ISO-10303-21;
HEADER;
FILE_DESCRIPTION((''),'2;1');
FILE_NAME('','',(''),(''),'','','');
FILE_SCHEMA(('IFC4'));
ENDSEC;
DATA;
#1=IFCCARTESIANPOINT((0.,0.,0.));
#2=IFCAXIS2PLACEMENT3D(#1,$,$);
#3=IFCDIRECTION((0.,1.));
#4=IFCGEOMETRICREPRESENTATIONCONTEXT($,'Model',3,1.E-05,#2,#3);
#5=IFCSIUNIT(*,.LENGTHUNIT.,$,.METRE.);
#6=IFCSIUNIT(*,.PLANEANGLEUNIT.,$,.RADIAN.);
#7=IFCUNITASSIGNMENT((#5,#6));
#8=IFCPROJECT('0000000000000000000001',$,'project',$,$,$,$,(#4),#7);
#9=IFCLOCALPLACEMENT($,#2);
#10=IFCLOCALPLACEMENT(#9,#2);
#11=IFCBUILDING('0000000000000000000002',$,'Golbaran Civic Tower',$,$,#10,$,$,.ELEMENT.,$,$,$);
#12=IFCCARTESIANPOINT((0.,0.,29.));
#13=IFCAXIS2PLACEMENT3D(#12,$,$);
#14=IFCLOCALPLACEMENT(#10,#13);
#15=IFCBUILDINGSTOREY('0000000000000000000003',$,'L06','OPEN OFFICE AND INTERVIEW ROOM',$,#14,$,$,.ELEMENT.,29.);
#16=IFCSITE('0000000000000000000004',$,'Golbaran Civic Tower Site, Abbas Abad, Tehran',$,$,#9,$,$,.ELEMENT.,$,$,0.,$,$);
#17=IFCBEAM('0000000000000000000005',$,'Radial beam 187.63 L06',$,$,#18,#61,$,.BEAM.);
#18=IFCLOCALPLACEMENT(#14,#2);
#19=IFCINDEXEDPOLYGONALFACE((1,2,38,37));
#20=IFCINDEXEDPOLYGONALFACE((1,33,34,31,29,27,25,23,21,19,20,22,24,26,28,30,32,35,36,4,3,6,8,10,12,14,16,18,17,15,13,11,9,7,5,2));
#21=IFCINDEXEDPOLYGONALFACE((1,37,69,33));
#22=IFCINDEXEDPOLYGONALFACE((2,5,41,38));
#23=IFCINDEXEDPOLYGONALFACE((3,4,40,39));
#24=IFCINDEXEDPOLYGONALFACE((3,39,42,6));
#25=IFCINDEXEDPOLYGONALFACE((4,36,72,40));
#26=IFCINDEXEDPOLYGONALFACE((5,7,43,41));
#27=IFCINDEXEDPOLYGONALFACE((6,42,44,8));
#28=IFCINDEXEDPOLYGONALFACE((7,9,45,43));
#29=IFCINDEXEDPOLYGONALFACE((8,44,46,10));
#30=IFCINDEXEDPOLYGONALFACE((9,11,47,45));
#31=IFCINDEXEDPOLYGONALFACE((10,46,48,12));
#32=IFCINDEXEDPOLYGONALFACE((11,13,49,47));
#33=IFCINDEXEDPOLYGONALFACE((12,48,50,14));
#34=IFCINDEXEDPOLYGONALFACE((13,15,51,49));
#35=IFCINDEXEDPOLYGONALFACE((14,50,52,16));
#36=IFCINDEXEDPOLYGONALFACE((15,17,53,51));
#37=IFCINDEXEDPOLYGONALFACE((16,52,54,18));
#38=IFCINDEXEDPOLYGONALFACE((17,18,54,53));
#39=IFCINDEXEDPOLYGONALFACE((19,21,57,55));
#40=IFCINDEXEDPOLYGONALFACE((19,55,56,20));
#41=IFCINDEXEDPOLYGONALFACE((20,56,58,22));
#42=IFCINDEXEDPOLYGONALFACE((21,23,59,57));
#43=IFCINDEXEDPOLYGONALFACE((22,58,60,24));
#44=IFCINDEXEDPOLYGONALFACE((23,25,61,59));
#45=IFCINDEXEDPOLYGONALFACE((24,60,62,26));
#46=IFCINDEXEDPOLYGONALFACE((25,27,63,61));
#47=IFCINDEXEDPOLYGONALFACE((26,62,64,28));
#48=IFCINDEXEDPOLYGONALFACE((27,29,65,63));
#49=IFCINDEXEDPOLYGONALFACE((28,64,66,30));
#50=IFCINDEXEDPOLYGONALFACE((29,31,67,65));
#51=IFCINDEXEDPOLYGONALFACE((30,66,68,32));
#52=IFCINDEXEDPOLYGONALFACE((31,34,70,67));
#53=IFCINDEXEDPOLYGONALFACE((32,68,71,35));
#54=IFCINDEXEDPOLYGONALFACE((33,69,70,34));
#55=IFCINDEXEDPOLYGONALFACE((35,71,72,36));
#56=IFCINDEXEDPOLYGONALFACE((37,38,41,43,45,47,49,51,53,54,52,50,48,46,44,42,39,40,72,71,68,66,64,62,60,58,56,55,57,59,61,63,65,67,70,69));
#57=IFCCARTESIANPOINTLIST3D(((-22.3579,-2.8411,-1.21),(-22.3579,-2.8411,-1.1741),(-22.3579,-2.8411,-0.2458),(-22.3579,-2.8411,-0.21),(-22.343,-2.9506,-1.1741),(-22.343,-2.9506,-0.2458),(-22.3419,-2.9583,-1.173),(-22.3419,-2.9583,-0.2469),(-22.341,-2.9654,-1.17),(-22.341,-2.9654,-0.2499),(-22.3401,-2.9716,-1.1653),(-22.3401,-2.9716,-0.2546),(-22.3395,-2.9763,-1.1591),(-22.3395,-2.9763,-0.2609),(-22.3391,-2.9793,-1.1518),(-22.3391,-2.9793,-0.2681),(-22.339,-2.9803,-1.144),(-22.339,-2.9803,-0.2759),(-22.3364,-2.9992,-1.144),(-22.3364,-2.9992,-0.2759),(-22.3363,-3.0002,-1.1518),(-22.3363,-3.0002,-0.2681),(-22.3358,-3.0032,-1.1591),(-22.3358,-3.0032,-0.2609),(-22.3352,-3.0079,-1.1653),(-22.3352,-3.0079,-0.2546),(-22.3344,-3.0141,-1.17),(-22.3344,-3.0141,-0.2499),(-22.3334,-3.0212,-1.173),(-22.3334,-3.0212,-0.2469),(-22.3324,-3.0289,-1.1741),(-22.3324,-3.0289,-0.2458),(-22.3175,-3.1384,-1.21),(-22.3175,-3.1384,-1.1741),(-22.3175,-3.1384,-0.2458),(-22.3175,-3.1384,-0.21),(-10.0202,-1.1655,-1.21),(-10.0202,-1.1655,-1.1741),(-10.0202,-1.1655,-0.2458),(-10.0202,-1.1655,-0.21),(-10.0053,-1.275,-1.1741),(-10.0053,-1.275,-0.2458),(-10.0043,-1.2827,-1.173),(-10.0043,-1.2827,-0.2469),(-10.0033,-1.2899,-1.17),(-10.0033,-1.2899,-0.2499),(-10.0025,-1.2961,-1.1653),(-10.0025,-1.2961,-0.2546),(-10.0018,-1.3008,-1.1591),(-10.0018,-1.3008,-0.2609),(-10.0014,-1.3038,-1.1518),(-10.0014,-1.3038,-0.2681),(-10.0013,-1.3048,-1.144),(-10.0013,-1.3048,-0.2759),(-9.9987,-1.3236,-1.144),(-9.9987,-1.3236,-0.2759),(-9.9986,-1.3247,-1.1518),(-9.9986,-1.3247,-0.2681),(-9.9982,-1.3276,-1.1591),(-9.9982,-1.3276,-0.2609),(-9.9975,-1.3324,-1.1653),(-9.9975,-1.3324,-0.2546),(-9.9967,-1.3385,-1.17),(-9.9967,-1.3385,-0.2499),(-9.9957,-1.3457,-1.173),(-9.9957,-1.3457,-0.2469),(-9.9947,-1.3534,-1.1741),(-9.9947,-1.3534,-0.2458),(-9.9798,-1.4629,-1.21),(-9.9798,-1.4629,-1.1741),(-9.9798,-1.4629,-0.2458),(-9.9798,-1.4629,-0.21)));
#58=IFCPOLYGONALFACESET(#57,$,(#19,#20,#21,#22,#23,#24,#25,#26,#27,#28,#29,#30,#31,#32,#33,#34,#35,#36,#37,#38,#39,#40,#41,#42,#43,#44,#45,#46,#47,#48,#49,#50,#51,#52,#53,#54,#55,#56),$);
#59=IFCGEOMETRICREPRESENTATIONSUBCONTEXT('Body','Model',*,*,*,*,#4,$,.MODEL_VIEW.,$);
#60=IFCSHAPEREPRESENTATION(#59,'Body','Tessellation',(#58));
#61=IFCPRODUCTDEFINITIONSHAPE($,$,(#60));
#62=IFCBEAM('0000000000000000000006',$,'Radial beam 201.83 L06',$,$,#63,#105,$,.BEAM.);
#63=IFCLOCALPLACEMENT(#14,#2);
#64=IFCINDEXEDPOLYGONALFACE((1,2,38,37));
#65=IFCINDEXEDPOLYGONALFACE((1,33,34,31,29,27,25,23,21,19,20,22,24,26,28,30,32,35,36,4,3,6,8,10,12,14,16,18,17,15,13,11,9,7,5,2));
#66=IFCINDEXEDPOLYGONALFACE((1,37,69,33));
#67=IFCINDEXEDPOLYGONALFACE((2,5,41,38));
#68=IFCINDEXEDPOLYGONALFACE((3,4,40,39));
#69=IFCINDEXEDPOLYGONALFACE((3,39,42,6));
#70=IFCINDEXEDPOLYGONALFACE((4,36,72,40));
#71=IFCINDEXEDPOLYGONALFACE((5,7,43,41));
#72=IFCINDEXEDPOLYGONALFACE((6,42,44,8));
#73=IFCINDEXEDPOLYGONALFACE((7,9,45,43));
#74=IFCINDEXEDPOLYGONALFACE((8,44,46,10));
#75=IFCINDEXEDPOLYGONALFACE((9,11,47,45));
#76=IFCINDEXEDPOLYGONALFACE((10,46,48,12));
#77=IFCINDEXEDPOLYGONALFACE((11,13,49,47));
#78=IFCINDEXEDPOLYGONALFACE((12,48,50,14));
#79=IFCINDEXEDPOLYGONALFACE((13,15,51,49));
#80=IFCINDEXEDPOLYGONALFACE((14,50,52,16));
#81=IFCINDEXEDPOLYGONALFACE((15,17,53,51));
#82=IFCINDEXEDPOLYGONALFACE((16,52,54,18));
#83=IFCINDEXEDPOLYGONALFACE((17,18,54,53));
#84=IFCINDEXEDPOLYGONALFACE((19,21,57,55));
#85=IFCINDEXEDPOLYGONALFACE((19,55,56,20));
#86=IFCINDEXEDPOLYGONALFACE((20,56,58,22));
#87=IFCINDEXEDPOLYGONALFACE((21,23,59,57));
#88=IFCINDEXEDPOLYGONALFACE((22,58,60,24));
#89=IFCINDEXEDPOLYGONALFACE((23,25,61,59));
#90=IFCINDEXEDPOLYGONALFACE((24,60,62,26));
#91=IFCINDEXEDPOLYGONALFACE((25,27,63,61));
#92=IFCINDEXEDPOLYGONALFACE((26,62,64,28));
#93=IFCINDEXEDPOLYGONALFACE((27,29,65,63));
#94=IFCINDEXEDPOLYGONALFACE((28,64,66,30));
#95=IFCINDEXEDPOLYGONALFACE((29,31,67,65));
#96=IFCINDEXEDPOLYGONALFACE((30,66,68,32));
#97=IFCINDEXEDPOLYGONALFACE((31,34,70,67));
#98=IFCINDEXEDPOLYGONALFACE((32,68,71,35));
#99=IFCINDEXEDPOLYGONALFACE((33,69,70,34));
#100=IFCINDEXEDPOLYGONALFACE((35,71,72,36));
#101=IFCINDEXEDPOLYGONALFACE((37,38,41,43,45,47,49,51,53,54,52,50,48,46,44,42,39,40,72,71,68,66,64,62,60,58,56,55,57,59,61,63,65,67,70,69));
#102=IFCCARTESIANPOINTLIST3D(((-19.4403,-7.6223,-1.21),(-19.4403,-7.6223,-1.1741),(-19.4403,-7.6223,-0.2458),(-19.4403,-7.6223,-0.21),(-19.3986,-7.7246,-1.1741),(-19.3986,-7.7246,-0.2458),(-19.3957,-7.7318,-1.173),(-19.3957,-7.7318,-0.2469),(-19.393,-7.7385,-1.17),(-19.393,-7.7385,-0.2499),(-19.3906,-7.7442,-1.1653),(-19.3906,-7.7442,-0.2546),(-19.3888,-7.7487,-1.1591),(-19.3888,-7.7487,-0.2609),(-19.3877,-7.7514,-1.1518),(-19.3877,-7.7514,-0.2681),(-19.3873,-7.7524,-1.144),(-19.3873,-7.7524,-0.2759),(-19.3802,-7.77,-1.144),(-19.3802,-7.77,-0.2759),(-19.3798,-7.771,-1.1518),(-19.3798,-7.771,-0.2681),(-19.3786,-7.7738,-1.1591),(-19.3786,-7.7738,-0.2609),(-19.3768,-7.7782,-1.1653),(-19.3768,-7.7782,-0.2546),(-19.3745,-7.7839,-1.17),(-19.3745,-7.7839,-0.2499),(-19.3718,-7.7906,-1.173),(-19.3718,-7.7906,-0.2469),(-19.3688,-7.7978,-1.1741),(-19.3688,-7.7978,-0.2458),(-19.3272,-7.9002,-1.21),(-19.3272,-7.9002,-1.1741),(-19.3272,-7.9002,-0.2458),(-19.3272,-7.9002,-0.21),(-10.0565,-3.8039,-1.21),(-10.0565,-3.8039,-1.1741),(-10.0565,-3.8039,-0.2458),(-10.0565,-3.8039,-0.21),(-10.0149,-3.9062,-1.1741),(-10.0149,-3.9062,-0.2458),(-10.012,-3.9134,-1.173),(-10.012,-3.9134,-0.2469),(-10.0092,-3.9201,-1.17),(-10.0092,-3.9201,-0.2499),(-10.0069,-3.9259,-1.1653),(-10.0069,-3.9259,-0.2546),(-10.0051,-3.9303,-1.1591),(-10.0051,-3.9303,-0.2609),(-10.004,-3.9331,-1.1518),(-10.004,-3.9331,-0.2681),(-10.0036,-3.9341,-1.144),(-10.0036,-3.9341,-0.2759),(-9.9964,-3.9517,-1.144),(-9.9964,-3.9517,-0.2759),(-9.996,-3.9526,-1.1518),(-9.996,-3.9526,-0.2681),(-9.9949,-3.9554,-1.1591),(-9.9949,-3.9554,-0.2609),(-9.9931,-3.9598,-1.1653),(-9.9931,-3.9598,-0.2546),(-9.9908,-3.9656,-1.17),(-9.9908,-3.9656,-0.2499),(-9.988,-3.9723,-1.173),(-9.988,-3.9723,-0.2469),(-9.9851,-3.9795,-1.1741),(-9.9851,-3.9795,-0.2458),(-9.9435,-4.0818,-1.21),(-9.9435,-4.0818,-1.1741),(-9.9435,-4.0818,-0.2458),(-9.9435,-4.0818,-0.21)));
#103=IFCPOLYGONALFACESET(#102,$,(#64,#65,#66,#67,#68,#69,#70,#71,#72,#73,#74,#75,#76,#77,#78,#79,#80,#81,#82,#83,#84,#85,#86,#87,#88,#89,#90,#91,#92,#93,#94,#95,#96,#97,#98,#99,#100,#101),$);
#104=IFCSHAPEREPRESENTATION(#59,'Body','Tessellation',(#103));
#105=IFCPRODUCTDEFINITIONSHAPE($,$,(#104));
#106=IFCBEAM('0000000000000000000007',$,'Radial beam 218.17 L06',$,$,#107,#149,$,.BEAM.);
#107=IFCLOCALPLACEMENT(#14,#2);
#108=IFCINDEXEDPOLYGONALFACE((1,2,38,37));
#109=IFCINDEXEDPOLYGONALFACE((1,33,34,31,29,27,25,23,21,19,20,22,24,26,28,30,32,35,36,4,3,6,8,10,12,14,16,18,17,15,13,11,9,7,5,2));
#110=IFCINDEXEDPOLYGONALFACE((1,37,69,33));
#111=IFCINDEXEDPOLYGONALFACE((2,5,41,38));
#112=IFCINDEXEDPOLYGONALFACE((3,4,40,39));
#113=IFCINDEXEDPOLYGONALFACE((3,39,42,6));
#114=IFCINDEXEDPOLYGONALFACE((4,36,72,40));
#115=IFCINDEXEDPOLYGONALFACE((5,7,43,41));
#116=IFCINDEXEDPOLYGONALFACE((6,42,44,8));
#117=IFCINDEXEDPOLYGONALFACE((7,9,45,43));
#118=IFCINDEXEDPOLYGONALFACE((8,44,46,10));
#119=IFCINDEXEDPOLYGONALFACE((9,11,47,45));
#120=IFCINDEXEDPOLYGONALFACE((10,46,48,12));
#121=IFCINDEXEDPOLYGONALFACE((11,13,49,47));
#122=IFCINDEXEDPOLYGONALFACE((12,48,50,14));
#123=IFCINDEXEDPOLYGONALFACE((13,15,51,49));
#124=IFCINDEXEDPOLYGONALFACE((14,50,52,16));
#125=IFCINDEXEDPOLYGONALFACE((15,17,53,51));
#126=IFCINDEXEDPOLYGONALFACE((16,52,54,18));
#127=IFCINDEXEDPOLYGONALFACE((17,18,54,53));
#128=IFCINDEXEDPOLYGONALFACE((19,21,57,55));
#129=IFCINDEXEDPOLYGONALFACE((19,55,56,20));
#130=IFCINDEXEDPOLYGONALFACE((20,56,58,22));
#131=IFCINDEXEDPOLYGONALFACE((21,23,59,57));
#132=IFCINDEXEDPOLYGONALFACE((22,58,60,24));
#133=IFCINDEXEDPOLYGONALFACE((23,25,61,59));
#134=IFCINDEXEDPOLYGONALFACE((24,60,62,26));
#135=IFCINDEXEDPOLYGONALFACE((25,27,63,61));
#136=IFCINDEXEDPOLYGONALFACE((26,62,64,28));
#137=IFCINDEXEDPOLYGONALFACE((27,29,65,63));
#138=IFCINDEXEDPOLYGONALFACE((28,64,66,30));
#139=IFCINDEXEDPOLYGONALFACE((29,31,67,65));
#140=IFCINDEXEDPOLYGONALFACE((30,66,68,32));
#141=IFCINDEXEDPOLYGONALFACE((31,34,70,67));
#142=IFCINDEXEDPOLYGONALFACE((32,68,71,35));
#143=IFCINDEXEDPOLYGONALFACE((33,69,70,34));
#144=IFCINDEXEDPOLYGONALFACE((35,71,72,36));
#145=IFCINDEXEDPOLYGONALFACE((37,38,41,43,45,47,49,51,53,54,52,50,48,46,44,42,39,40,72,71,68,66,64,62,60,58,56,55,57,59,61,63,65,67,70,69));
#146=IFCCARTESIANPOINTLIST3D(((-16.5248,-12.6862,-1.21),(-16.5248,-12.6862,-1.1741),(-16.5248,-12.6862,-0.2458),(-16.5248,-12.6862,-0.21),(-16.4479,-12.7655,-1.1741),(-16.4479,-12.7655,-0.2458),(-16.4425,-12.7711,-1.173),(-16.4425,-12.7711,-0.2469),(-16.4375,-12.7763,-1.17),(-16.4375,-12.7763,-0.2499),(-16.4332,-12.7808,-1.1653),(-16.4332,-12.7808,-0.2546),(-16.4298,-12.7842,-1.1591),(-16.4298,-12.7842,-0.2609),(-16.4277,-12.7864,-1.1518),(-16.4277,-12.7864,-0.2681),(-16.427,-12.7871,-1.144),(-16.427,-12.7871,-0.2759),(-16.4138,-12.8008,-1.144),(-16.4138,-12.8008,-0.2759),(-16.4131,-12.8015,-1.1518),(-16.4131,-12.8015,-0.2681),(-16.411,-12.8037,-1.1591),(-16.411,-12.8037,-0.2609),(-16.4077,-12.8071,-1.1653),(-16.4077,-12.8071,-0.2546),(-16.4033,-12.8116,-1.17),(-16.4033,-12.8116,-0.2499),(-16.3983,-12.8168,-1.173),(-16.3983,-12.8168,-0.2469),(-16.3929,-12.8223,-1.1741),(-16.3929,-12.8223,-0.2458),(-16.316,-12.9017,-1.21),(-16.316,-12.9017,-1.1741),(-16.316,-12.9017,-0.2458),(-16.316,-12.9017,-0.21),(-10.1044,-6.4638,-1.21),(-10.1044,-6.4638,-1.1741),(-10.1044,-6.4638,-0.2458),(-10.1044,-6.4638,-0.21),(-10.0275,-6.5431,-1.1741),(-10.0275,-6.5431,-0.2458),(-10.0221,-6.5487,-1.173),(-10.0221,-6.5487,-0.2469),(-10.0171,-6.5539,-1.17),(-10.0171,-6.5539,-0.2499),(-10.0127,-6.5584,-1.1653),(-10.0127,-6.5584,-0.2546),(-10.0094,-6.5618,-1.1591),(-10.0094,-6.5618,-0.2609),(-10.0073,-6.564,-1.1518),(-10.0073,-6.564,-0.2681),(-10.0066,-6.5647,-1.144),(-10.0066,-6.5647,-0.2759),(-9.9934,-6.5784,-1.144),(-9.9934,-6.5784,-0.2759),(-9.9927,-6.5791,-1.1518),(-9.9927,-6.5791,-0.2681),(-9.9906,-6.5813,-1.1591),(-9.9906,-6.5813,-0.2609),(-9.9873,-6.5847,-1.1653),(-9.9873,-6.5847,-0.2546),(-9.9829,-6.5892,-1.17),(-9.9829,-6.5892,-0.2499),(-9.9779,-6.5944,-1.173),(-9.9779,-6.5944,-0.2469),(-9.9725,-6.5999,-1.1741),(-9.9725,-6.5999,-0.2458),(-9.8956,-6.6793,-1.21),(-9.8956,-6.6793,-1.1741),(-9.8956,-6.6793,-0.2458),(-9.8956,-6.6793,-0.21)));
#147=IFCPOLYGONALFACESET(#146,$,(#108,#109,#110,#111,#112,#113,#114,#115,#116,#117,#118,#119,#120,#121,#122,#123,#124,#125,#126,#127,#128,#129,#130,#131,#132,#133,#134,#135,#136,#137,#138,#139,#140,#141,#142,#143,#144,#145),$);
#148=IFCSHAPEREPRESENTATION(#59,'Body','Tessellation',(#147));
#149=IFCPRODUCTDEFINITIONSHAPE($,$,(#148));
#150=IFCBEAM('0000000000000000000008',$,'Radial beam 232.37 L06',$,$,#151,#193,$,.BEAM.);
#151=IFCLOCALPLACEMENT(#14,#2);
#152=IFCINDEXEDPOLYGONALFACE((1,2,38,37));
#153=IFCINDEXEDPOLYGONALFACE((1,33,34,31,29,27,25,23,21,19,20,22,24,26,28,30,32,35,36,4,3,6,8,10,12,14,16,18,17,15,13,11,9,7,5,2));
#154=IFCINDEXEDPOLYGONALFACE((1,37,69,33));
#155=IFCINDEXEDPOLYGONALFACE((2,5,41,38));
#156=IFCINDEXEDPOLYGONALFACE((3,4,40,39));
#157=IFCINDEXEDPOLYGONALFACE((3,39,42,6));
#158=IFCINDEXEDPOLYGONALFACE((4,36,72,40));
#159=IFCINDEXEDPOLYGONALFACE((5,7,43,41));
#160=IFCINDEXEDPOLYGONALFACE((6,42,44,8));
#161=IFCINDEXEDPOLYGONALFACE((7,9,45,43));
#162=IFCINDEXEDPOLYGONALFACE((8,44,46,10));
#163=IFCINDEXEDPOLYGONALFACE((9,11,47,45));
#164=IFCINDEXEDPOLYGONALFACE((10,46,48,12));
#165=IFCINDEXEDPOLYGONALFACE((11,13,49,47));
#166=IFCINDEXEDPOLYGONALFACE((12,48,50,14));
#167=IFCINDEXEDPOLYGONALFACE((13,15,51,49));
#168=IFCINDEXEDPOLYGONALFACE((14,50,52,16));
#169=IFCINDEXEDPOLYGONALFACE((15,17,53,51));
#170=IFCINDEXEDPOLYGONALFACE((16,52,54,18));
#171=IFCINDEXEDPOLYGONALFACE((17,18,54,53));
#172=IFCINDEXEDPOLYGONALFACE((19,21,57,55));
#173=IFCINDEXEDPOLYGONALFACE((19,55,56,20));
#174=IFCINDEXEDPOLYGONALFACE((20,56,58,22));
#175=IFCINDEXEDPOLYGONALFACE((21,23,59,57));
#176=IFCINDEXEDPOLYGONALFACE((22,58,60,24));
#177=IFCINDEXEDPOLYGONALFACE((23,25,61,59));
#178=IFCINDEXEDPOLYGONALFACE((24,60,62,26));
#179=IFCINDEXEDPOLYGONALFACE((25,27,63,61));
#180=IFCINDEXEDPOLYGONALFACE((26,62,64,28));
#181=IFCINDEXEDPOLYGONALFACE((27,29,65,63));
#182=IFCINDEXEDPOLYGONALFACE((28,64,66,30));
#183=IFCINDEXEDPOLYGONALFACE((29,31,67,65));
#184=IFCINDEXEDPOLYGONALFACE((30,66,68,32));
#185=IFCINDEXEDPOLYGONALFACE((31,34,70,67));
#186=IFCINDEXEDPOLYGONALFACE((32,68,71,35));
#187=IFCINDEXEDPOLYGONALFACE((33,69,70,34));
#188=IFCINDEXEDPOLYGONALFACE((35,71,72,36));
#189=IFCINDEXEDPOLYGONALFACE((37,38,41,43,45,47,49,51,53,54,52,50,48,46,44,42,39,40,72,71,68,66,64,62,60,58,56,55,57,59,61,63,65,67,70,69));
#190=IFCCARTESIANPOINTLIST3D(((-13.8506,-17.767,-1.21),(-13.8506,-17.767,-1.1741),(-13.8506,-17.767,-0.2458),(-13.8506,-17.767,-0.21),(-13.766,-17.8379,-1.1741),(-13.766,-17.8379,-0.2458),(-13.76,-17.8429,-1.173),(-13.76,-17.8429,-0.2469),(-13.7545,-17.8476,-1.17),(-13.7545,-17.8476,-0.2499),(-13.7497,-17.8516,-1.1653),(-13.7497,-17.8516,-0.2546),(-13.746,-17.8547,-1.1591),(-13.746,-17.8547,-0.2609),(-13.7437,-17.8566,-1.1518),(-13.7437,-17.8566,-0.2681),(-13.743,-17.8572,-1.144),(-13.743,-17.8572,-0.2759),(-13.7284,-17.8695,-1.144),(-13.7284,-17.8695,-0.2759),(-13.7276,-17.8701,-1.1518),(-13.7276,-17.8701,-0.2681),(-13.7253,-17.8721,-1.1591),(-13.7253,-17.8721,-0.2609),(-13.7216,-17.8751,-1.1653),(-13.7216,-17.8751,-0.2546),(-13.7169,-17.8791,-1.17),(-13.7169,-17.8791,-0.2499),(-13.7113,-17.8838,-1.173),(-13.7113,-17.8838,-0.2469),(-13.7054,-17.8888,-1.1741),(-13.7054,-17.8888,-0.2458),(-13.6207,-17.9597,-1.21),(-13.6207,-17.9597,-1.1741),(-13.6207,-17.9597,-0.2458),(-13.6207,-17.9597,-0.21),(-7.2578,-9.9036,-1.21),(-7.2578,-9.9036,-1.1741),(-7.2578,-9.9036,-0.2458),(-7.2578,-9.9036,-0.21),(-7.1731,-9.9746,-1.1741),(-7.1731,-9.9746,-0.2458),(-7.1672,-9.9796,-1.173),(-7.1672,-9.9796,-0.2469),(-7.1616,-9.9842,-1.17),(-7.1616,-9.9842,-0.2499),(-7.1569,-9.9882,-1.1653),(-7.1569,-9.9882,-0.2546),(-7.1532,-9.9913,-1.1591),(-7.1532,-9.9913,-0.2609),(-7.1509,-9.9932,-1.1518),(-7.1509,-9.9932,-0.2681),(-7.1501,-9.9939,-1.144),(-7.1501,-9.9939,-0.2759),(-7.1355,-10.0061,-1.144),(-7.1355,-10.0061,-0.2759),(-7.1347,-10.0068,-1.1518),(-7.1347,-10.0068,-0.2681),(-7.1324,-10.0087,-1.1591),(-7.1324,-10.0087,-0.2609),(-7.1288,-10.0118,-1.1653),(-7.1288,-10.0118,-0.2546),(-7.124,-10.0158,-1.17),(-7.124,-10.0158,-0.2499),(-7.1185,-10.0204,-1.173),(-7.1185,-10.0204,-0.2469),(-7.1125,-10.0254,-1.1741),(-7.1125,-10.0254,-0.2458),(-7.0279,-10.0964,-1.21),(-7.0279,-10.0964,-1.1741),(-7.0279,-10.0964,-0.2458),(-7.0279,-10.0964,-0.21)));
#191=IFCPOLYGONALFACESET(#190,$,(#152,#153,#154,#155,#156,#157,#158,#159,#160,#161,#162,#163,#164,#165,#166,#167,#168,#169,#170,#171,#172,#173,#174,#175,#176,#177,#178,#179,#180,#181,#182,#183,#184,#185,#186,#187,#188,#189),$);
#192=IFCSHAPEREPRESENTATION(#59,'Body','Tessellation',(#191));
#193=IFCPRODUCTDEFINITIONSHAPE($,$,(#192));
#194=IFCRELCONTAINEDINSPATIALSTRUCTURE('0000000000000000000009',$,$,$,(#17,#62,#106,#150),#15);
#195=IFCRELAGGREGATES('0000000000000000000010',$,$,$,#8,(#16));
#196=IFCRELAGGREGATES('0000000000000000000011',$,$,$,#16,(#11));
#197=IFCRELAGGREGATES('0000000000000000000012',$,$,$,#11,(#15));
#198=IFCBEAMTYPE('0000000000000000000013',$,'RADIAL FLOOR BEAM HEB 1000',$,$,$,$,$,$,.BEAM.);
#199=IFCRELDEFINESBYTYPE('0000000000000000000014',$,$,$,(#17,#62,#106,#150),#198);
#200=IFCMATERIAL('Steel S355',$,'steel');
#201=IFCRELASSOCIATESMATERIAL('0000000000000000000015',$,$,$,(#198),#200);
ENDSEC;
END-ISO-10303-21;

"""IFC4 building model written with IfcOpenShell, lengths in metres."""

from ifc_helpers import new_model, si_unit, direction, frame, origin, origin_2d, place, context, subcontext, project, spatial, i_section, extrude, material, material_profile, profile_set, type_object, element, save


model = new_model("IFC4")

# Units and contexts
model_context = context("Model", 3, precision=1e-05, world=origin(), true_north=direction((0.0, 1.0)))
body_context = subcontext(model_context, "Body", "Model", "MODEL_VIEW")
ifc_project = project(units=[si_unit("LENGTHUNIT", "METRE"), si_unit("PLANEANGLEUNIT", "RADIAN")], contexts=[model_context])

# Site, building, storey
site_placement = place(None, origin())
site = spatial("IfcSite", under=ifc_project, at=site_placement, Name="Golbaran Civic Tower Site, Abbas Abad, Tehran", CompositionType="ELEMENT", RefElevation=0.0)
building_placement = place(site_placement, origin())
building = spatial("IfcBuilding", under=site, at=building_placement, Name="Golbaran Civic Tower", CompositionType="ELEMENT")
storey_placement = place(building_placement, frame((0.0, 0.0, 29.0)))
storey = spatial("IfcBuildingStorey", under=building, at=storey_placement, Name="L06", Description="OPEN OFFICE AND INTERVIEW ROOM", CompositionType="ELEMENT", Elevation=29.0)

# Beams
ifc_material_1 = material(Name="Steel S355", Category="steel")
ifc_material_profile_1 = material_profile(ifc_material_1, i_section(OverallWidth=0.3, OverallDepth=1.0, WebThickness=0.019, FlangeThickness=0.0359, FilletRadius=0.03, at=origin_2d()), Name="HEB 1000")
ifc_profile_set_1 = profile_set([ifc_material_profile_1], Name="Steel S355")
beam_type_1 = type_object("IfcBeamType", Name="RADIAL FLOOR BEAM HEB 1000", PredefinedType="BEAM", material=ifc_profile_set_1)
beam_1_placement = place(storey_placement, frame((-10.0, -1.3142, -0.71), z_axis=(-0.990904, -0.134572, 0.0), x_axis=(0.134572, -0.990904, 0.0)))
element("IfcBeam", 1, at=beam_1_placement, inside=storey, type_object=beam_type_1, Name="Radial beam 187.63 L06", PredefinedType="BEAM", context=body_context, shape_type="SweptSolid", body=[
    extrude(i_section(OverallWidth=0.3, OverallDepth=1.0, WebThickness=0.019, FlangeThickness=0.0359, FilletRadius=0.03, at=origin_2d()), origin(), (0.0, 0.0, 1.0), 12.4509),
])
beam_2_placement = place(storey_placement, frame((-10.0, -3.9429, -0.71), z_axis=(-0.926253, -0.376902, 0.0), x_axis=(0.376902, -0.926253, 0.0)))
element("IfcBeam", 2, at=beam_2_placement, inside=storey, type_object=beam_type_1, Name="Radial beam 201.83 L06", PredefinedType="BEAM", context=body_context, shape_type="SweptSolid", body=[
    extrude(i_section(OverallWidth=0.3, OverallDepth=1.0, WebThickness=0.019, FlangeThickness=0.0359, FilletRadius=0.03, at=origin_2d()), origin(), (0.0, 0.0, 1.0), 10.1309),
])
beam_3_placement = place(storey_placement, frame((-10.0, -6.5715, -0.71), z_axis=(-0.718093, -0.695948, 0.0), x_axis=(0.695948, -0.718093, 0.0)))
element("IfcBeam", 3, at=beam_3_placement, inside=storey, type_object=beam_type_1, Name="Radial beam 218.17 L06", PredefinedType="BEAM", context=body_context, shape_type="SweptSolid", body=[
    extrude(i_section(OverallWidth=0.3, OverallDepth=1.0, WebThickness=0.019, FlangeThickness=0.0359, FilletRadius=0.03, at=origin_2d()), origin(), (0.0, 0.0, 1.0), 8.9409),
])
beam_4_placement = place(storey_placement, frame((-7.1428, -10.0, -0.71), z_axis=(-0.642484, -0.766299, 0.0), x_axis=(0.766299, -0.642484, 0.0)))
element("IfcBeam", 4, at=beam_4_placement, inside=storey, type_object=beam_type_1, Name="Radial beam 232.37 L06", PredefinedType="BEAM", context=body_context, shape_type="SweptSolid", body=[
    extrude(i_section(OverallWidth=0.3, OverallDepth=1.0, WebThickness=0.019, FlangeThickness=0.0359, FilletRadius=0.03, at=origin_2d()), origin(), (0.0, 0.0, 1.0), 10.2615),
])

save(model, "model.ifc")
